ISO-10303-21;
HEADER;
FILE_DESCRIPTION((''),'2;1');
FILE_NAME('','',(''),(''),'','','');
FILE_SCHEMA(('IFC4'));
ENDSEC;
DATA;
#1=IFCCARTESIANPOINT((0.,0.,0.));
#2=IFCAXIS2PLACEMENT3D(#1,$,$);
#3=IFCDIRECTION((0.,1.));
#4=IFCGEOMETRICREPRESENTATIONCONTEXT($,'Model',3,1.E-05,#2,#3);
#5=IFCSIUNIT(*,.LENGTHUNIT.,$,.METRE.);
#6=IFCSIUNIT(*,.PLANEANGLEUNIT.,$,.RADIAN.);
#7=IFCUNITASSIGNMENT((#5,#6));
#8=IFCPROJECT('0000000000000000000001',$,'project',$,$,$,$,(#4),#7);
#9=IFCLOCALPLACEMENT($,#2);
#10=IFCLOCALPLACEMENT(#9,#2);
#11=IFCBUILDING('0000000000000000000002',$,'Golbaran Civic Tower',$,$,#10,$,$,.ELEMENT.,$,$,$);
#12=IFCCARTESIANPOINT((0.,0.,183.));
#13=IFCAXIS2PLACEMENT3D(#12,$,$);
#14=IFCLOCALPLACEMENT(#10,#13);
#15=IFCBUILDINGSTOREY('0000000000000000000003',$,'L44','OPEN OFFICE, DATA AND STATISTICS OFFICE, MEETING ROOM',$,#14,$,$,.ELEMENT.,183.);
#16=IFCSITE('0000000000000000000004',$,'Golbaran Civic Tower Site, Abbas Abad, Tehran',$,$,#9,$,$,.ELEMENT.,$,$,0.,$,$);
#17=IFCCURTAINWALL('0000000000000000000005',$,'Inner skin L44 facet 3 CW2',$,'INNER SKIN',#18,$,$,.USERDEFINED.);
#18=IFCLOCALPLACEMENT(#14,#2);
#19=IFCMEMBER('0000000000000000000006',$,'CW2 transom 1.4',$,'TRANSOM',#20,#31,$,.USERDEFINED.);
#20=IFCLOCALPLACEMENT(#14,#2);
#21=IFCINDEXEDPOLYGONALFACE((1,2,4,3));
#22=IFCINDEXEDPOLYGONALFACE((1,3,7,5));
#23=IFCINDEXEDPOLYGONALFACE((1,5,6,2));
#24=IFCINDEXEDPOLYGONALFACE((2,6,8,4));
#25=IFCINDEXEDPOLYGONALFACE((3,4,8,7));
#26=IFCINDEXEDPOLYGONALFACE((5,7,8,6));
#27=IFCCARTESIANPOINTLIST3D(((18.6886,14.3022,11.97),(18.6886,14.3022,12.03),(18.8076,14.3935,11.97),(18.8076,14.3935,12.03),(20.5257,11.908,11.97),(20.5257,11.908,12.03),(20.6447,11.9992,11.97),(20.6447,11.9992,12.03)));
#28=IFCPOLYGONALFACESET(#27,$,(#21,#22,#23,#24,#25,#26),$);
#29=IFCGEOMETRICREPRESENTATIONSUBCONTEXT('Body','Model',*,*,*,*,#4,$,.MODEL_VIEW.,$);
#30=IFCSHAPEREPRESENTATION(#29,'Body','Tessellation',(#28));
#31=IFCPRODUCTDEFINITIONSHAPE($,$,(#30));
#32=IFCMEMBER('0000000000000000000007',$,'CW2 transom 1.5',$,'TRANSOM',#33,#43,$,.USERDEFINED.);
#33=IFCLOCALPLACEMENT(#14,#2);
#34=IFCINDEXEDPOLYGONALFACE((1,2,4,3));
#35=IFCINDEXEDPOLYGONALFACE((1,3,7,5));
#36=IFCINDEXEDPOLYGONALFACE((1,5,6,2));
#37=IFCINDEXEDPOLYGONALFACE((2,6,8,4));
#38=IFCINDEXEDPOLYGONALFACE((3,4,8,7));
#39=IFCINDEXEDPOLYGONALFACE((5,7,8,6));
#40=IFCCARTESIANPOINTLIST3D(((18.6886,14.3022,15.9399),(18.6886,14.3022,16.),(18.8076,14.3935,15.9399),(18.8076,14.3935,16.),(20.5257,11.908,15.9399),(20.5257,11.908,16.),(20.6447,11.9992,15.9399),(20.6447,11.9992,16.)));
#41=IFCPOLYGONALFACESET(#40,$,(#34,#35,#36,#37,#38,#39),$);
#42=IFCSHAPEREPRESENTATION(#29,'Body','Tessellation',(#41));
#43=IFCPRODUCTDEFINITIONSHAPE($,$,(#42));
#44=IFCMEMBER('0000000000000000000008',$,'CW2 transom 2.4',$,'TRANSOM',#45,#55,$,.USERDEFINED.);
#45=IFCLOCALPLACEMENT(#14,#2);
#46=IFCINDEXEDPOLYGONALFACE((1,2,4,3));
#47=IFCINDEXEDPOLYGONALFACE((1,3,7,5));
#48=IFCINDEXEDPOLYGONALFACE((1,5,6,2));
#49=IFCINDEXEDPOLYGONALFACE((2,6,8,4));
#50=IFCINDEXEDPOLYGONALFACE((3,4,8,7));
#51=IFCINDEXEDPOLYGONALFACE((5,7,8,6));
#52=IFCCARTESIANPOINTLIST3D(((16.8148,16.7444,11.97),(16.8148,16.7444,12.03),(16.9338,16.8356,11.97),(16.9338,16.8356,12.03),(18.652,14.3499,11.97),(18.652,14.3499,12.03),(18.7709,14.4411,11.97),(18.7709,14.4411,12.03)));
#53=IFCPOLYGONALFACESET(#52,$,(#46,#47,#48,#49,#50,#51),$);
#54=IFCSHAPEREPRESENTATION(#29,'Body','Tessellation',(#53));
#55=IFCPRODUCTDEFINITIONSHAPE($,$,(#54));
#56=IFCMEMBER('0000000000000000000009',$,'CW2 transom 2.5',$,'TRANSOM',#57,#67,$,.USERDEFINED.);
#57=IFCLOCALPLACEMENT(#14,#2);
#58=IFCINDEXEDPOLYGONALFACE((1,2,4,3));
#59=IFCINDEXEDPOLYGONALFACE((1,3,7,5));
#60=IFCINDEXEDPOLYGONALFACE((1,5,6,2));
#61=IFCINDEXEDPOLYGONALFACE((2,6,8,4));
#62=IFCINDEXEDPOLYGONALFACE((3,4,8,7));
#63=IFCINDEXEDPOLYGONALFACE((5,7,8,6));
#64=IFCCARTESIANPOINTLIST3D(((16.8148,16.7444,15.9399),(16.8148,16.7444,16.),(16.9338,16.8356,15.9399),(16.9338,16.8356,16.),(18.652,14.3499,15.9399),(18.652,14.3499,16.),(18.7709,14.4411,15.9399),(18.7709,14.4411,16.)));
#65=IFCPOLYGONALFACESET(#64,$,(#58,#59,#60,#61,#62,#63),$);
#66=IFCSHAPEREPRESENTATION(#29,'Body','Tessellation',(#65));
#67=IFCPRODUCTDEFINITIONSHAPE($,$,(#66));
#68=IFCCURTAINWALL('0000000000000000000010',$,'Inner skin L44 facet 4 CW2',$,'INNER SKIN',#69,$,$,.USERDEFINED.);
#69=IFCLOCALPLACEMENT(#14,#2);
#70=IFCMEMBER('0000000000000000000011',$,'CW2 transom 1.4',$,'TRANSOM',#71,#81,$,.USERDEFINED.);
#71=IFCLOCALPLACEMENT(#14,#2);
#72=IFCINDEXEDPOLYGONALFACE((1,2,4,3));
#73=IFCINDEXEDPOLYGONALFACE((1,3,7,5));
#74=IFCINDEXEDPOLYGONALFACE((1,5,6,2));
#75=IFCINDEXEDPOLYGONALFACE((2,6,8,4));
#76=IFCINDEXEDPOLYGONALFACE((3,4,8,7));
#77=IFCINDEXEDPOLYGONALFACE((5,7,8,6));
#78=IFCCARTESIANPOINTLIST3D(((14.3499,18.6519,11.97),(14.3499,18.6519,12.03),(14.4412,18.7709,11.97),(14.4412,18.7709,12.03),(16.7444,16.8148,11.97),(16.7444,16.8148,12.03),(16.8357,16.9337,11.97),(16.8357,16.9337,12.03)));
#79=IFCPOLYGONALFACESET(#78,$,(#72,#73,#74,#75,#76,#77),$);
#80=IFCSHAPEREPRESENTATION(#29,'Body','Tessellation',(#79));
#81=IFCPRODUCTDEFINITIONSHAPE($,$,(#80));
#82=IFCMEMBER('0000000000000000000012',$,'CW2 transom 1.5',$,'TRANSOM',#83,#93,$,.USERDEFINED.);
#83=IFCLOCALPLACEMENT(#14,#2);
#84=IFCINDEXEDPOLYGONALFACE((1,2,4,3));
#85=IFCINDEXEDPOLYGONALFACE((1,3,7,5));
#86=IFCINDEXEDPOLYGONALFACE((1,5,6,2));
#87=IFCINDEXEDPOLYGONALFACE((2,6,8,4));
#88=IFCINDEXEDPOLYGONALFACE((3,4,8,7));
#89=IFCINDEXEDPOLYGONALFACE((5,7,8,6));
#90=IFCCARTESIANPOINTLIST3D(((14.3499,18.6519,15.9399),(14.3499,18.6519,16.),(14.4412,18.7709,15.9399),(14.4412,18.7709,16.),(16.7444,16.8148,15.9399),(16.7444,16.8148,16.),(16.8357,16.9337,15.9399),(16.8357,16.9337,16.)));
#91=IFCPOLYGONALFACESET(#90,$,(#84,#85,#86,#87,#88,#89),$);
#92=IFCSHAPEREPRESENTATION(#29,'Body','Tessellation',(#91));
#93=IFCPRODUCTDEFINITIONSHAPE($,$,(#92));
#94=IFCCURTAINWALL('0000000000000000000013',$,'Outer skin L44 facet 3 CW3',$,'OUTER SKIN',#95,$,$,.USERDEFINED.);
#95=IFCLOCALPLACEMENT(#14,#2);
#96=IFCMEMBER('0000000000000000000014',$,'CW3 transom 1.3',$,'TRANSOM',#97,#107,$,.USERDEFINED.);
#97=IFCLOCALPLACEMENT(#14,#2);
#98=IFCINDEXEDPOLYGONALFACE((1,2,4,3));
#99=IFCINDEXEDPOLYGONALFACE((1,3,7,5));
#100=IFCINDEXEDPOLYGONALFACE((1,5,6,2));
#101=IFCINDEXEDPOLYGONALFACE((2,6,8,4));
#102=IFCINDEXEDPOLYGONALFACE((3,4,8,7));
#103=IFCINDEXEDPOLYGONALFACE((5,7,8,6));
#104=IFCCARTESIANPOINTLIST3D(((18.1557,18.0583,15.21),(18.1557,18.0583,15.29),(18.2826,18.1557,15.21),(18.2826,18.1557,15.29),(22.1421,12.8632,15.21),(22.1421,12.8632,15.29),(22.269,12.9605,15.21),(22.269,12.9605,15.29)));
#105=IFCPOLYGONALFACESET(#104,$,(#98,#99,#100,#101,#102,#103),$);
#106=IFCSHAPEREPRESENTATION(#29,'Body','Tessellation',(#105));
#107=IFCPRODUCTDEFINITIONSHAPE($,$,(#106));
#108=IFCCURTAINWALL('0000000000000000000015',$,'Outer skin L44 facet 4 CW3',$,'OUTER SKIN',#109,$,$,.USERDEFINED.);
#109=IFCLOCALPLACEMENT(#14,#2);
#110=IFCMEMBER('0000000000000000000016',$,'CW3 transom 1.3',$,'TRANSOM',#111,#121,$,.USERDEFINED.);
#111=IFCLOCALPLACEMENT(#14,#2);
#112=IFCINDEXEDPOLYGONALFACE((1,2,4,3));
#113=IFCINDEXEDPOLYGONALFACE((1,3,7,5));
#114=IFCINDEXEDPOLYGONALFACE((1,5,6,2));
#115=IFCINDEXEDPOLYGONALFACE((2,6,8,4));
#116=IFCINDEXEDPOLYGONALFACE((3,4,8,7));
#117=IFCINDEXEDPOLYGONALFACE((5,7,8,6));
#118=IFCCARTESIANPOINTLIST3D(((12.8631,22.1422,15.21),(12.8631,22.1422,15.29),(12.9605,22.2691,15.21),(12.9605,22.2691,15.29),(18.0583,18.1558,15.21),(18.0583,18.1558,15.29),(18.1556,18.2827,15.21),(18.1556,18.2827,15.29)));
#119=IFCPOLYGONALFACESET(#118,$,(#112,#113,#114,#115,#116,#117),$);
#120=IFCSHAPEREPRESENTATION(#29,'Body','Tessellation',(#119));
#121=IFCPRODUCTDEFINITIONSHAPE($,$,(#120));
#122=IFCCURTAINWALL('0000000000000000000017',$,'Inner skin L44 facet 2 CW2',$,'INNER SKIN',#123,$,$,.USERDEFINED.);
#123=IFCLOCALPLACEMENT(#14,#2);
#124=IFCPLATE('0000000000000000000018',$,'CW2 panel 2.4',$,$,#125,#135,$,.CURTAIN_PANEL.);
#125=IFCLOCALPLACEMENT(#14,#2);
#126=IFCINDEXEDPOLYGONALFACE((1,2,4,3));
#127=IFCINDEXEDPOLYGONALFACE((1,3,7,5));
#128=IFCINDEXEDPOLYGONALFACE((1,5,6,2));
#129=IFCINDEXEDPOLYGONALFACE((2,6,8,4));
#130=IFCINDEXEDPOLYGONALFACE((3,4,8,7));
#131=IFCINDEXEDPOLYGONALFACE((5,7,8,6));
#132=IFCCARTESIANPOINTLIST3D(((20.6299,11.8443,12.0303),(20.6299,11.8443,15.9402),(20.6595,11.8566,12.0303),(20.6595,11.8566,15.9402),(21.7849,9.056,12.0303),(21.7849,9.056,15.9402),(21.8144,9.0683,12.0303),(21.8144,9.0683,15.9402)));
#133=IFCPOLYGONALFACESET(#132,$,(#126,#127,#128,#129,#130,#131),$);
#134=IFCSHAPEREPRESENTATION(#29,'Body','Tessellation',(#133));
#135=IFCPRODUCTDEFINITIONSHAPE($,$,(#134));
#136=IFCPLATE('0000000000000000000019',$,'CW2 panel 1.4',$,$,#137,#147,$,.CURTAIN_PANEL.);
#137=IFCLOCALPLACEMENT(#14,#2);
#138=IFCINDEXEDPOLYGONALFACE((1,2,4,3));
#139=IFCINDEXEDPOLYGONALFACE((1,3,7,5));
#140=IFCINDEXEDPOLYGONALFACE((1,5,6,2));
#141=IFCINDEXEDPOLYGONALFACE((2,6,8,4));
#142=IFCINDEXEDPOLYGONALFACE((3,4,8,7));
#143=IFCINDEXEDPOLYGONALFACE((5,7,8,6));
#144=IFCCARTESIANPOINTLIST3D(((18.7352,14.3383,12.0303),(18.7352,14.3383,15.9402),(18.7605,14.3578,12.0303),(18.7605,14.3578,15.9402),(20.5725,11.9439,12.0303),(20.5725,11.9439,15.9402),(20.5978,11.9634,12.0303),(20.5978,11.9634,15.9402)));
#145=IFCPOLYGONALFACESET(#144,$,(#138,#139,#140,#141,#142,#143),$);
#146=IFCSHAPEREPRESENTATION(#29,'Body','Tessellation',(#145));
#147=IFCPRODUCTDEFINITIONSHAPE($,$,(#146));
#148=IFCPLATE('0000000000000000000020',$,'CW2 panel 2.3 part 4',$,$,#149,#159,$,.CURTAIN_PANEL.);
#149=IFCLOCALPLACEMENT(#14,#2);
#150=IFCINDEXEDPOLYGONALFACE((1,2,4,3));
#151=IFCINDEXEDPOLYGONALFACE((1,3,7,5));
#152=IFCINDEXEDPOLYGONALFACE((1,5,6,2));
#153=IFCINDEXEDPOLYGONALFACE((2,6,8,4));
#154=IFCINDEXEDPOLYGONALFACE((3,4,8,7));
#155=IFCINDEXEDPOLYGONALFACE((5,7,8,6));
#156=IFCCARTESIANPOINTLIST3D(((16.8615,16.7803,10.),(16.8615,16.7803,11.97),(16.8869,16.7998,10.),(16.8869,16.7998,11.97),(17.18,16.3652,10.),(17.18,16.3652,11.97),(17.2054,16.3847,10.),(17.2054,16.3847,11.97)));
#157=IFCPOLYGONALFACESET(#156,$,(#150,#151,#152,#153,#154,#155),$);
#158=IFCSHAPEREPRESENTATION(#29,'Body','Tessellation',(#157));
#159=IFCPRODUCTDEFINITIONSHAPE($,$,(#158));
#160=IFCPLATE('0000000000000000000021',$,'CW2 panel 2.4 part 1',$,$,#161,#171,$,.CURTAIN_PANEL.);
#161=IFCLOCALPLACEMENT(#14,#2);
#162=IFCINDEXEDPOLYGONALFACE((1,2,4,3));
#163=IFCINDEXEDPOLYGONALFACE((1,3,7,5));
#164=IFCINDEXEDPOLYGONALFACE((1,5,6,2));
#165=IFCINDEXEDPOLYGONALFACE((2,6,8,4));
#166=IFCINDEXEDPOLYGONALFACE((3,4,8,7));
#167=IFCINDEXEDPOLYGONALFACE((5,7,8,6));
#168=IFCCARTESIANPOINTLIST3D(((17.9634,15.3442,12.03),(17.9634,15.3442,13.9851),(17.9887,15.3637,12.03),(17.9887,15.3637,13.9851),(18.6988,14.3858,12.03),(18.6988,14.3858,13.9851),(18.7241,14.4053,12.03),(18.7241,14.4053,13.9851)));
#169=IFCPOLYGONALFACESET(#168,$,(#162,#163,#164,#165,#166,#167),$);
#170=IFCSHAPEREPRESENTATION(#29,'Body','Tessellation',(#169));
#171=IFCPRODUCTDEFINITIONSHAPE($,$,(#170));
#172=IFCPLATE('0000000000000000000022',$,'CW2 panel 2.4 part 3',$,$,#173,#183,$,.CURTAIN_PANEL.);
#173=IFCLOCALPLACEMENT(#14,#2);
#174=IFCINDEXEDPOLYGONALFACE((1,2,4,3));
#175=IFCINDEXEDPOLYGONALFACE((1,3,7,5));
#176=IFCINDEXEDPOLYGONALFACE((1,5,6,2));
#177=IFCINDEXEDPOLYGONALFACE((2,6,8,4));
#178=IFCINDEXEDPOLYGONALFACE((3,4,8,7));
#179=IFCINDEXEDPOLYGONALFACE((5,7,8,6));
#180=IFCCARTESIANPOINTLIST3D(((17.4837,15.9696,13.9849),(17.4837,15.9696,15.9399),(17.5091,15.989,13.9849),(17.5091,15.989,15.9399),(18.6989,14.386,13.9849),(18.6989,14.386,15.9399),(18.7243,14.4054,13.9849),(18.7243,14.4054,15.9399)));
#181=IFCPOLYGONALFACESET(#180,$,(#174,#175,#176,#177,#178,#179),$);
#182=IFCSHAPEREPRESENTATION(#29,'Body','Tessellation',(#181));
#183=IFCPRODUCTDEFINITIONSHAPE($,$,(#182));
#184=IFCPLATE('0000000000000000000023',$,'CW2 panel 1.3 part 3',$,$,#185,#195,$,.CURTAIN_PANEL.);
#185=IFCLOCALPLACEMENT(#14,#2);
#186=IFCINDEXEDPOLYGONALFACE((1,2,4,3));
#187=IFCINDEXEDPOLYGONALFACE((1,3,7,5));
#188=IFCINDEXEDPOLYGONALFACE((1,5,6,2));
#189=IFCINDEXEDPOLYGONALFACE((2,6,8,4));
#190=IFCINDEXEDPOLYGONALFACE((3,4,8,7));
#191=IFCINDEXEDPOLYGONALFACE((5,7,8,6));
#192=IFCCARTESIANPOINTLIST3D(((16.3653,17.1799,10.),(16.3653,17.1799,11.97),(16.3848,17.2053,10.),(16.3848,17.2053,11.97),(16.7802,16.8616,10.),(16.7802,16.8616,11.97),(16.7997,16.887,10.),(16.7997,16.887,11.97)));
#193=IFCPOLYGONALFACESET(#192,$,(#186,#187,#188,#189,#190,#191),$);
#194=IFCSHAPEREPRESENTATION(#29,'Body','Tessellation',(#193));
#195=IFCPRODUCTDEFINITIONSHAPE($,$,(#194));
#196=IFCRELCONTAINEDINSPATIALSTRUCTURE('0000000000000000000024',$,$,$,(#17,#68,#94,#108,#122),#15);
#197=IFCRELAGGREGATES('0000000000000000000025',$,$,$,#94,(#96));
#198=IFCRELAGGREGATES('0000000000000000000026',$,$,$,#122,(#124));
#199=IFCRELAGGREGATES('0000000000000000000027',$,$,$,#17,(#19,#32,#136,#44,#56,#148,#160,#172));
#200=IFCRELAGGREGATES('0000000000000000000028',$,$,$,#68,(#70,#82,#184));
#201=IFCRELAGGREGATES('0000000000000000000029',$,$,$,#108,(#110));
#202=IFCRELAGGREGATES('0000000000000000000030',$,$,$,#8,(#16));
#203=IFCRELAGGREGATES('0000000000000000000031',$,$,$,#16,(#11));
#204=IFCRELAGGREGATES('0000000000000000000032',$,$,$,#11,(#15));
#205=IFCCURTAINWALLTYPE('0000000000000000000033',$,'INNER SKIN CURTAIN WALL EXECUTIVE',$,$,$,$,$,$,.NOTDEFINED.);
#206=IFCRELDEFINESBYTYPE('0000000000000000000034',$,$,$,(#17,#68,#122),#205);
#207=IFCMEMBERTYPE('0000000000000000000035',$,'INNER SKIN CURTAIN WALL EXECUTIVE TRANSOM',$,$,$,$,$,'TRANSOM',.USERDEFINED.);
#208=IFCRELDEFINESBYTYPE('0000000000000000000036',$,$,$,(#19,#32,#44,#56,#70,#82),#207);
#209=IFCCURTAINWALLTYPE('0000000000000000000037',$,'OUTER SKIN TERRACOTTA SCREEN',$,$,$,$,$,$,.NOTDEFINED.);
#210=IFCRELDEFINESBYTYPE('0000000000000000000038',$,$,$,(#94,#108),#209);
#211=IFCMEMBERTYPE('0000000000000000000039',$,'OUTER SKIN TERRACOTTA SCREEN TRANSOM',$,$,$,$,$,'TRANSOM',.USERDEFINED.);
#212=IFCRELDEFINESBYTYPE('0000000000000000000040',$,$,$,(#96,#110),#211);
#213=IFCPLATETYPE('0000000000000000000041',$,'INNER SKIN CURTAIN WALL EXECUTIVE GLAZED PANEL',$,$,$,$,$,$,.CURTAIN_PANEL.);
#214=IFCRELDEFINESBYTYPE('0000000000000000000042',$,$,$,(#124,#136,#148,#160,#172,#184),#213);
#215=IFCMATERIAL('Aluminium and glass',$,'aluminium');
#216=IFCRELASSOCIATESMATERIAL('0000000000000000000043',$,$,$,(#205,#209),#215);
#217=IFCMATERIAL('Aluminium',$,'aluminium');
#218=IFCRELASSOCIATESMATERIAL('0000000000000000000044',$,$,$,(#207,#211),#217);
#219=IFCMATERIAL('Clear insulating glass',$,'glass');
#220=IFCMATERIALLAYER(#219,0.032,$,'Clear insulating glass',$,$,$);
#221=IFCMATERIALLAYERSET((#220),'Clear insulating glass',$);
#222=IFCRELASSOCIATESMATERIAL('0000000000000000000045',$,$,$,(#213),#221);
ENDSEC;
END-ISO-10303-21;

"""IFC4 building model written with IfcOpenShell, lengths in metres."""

from ifc_helpers import new_model, si_unit, direction, frame, origin, origin_2d, place, context, subcontext, project, spatial, rectangle, extrude, material, layer, layer_set, material_profile, profile_set, type_object, element, aggregate, save


model = new_model("IFC4")

# Units and contexts
model_context = context("Model", 3, precision=1e-05, world=origin(), true_north=direction((0.0, 1.0)))
body_context = subcontext(model_context, "Body", "Model", "MODEL_VIEW")
ifc_project = project(units=[si_unit("LENGTHUNIT", "METRE"), si_unit("PLANEANGLEUNIT", "RADIAN")], contexts=[model_context])

# Site, building, storey
site_placement = place(None, origin())
site = spatial("IfcSite", under=ifc_project, at=site_placement, Name="Golbaran Civic Tower Site, Abbas Abad, Tehran", CompositionType="ELEMENT", RefElevation=0.0)
building_placement = place(site_placement, origin())
building = spatial("IfcBuilding", under=site, at=building_placement, Name="Golbaran Civic Tower", CompositionType="ELEMENT")
storey_placement = place(building_placement, frame((0.0, 0.0, 183.0)))
storey = spatial("IfcBuildingStorey", under=building, at=storey_placement, Name="L44", Description="OPEN OFFICE, DATA AND STATISTICS OFFICE, MEETING ROOM", CompositionType="ELEMENT", Elevation=183.0)

# Curtain walls, members
ifc_material_1 = material(Name="Aluminium and glass", Category="aluminium")
curtain_wall_type_1 = type_object("IfcCurtainWallType", Name="INNER SKIN CURTAIN WALL EXECUTIVE", PredefinedType="NOTDEFINED", material=ifc_material_1)
curtain_wall_1_placement = place(storey_placement, origin())
curtain_wall_1 = element("IfcCurtainWall", 1, at=curtain_wall_1_placement, inside=storey, type_object=curtain_wall_type_1, Name="Inner skin L44 facet 3 CW2", ObjectType="INNER SKIN", PredefinedType="USERDEFINED")
ifc_material_2 = material(Name="Aluminium", Category="aluminium")
ifc_material_profile_1 = material_profile(ifc_material_2, rectangle(XDim=0.1499, YDim=0.0601, at=origin_2d()), Name="INNER SKIN CURTAIN WALL EXECUTIVE TRANSOM")
ifc_profile_set_1 = profile_set([ifc_material_profile_1], Name="Aluminium")
member_type_1 = type_object("IfcMemberType", Name="INNER SKIN CURTAIN WALL EXECUTIVE TRANSOM", ElementType="TRANSOM", PredefinedType="USERDEFINED", material=ifc_profile_set_1)
member_1_placement = place(storey_placement, frame((20.5852, 11.9536, 12.0), z_axis=(-0.608752, 0.79336, 0.0), x_axis=(-0.79336, -0.608752, 0.0)))
member_1 = element("IfcMember", 2, at=member_1_placement, type_object=member_type_1, Name="CW2 transom 1.4", ObjectType="TRANSOM", PredefinedType="USERDEFINED", context=body_context, shape_type="SweptSolid", body=[
    extrude(rectangle(XDim=0.1499, YDim=0.0601, at=origin_2d()), origin(), (0.0, 0.0, 1.0), 3.0178),
])
member_2_placement = place(storey_placement, frame((20.5852, 11.9536, 15.97), z_axis=(-0.608752, 0.79336, 0.0), x_axis=(-0.79336, -0.608752, 0.0)))
member_2 = element("IfcMember", 3, at=member_2_placement, type_object=member_type_1, Name="CW2 transom 1.5", ObjectType="TRANSOM", PredefinedType="USERDEFINED", context=body_context, shape_type="SweptSolid", body=[
    extrude(rectangle(XDim=0.1499, YDim=0.0601, at=origin_2d()), origin(), (0.0, 0.0, 1.0), 3.0178),
])
member_3_placement = place(storey_placement, frame((18.7114, 14.3955, 12.0), z_axis=(-0.608713, 0.79339, 0.0), x_axis=(-0.79339, -0.608713, 0.0)))
member_3 = element("IfcMember", 4, at=member_3_placement, type_object=member_type_1, Name="CW2 transom 2.4", ObjectType="TRANSOM", PredefinedType="USERDEFINED", context=body_context, shape_type="SweptSolid", body=[
    extrude(rectangle(XDim=0.1499, YDim=0.0601, at=origin_2d()), origin(), (0.0, 0.0, 1.0), 3.0181),
])
member_4_placement = place(storey_placement, frame((18.7114, 14.3955, 15.97), z_axis=(-0.608713, 0.79339, 0.0), x_axis=(-0.79339, -0.608713, 0.0)))
member_4 = element("IfcMember", 5, at=member_4_placement, type_object=member_type_1, Name="CW2 transom 2.5", ObjectType="TRANSOM", PredefinedType="USERDEFINED", context=body_context, shape_type="SweptSolid", body=[
    extrude(rectangle(XDim=0.1499, YDim=0.0601, at=origin_2d()), origin(), (0.0, 0.0, 1.0), 3.0181),
])
curtain_wall_2_placement = place(storey_placement, origin())
curtain_wall_2 = element("IfcCurtainWall", 6, at=curtain_wall_2_placement, inside=storey, type_object=curtain_wall_type_1, Name="Inner skin L44 facet 4 CW2", ObjectType="INNER SKIN", PredefinedType="USERDEFINED")
member_5_placement = place(storey_placement, frame((16.79, 16.8743, 12.0), z_axis=(-0.79339, 0.608713, 0.0), x_axis=(-0.608713, -0.79339, 0.0)))
member_5 = element("IfcMember", 7, at=member_5_placement, type_object=member_type_1, Name="CW2 transom 1.4", ObjectType="TRANSOM", PredefinedType="USERDEFINED", context=body_context, shape_type="SweptSolid", body=[
    extrude(rectangle(XDim=0.1499, YDim=0.0601, at=origin_2d()), origin(), (0.0, 0.0, 1.0), 3.0181),
])
member_6_placement = place(storey_placement, frame((16.79, 16.8743, 15.97), z_axis=(-0.79339, 0.608713, 0.0), x_axis=(-0.608713, -0.79339, 0.0)))
member_6 = element("IfcMember", 8, at=member_6_placement, type_object=member_type_1, Name="CW2 transom 1.5", ObjectType="TRANSOM", PredefinedType="USERDEFINED", context=body_context, shape_type="SweptSolid", body=[
    extrude(rectangle(XDim=0.1499, YDim=0.0601, at=origin_2d()), origin(), (0.0, 0.0, 1.0), 3.0181),
])

# Curtain walls, members
curtain_wall_type_2 = type_object("IfcCurtainWallType", Name="OUTER SKIN TERRACOTTA SCREEN", PredefinedType="NOTDEFINED", material=ifc_material_1)
curtain_wall_3_placement = place(storey_placement, origin())
curtain_wall_3 = element("IfcCurtainWall", 9, at=curtain_wall_3_placement, inside=storey, type_object=curtain_wall_type_2, Name="Outer skin L44 facet 3 CW3", ObjectType="OUTER SKIN", PredefinedType="USERDEFINED")
ifc_material_profile_2 = material_profile(ifc_material_2, rectangle(XDim=0.1599, YDim=0.0801, at=origin_2d()), Name="OUTER SKIN TERRACOTTA SCREEN TRANSOM")
ifc_profile_set_2 = profile_set([ifc_material_profile_2], Name="Aluminium")
member_type_2 = type_object("IfcMemberType", Name="OUTER SKIN TERRACOTTA SCREEN TRANSOM", ElementType="TRANSOM", PredefinedType="USERDEFINED", material=ifc_profile_set_2)
member_7_placement = place(storey_placement, frame((22.2056, 12.9119, 15.25), z_axis=(-0.608763, 0.793352, 0.0), x_axis=(-0.793352, -0.608763, 0.0)))
member_7 = element("IfcMember", 10, at=member_7_placement, type_object=member_type_2, Name="CW3 transom 1.3", ObjectType="TRANSOM", PredefinedType="USERDEFINED", context=body_context, shape_type="SweptSolid", body=[
    extrude(rectangle(XDim=0.1599, YDim=0.0801, at=origin_2d()), origin(), (0.0, 0.0, 1.0), 6.5483),
])
aggregate(curtain_wall_3, [member_7])
curtain_wall_4_placement = place(storey_placement, origin())
curtain_wall_4 = element("IfcCurtainWall", 11, at=curtain_wall_4_placement, inside=storey, type_object=curtain_wall_type_2, Name="Outer skin L44 facet 4 CW3", ObjectType="OUTER SKIN", PredefinedType="USERDEFINED")
member_8_placement = place(storey_placement, frame((18.1069, 18.2192, 15.25), z_axis=(-0.793352, 0.608763, 0.0), x_axis=(-0.608763, -0.793352, 0.0)))
member_8 = element("IfcMember", 12, at=member_8_placement, type_object=member_type_2, Name="CW3 transom 1.3", ObjectType="TRANSOM", PredefinedType="USERDEFINED", context=body_context, shape_type="SweptSolid", body=[
    extrude(rectangle(XDim=0.1599, YDim=0.0801, at=origin_2d()), origin(), (0.0, 0.0, 1.0), 6.5483),
])

# Curtain wall, plate
curtain_wall_5_placement = place(storey_placement, origin())
curtain_wall_5 = element("IfcCurtainWall", 13, at=curtain_wall_5_placement, inside=storey, type_object=curtain_wall_type_1, Name="Inner skin L44 facet 2 CW2", ObjectType="INNER SKIN", PredefinedType="USERDEFINED")
ifc_material_3 = material(Name="Clear insulating glass", Category="glass")
ifc_layer_1 = layer(ifc_material_3, 0.032, Name="Clear insulating glass")
ifc_layer_set_1 = layer_set([ifc_layer_1], Name="Clear insulating glass")
plate_type_1 = type_object("IfcPlateType", Name="INNER SKIN CURTAIN WALL EXECUTIVE GLAZED PANEL", PredefinedType="CURTAIN_PANEL", material=ifc_layer_set_1)
plate_1_placement = place(storey_placement, frame((21.2222, 10.4563, 12.0303), z_axis=(0.0, 0.0, 1.0), x_axis=(-0.382683, 0.92388, 0.0)))
plate_1 = element("IfcPlate", 14, at=plate_1_placement, type_object=plate_type_1, Name="CW2 panel 2.4", PredefinedType="CURTAIN_PANEL", context=body_context, shape_type="SweptSolid", body=[
    extrude(rectangle(XDim=3.0181, YDim=0.032, at=origin_2d()), origin(), (0.0, 0.0, 1.0), 3.9099),
])
aggregate(curtain_wall_5, [plate_1])

# Plates
plate_2_placement = place(storey_placement, frame((19.6665, 13.1509, 12.0303), z_axis=(0.0, 0.0, 1.0), x_axis=(-0.608761, 0.793353, 0.0)))
plate_2 = element("IfcPlate", 15, at=plate_2_placement, type_object=plate_type_1, Name="CW2 panel 1.4", PredefinedType="CURTAIN_PANEL", context=body_context, shape_type="SweptSolid", body=[
    extrude(rectangle(XDim=3.0181, YDim=0.032, at=origin_2d()), origin(), (0.0, 0.0, 1.0), 3.9099),
])
plate_3_placement = place(storey_placement, frame((17.0334, 16.5825, 10.0), z_axis=(0.0, 0.0, 1.0), x_axis=(-0.608761, 0.793353, 0.0)))
plate_3 = element("IfcPlate", 16, at=plate_3_placement, type_object=plate_type_1, Name="CW2 panel 2.3 part 4", PredefinedType="CURTAIN_PANEL", context=body_context, shape_type="SweptSolid", body=[
    extrude(rectangle(XDim=0.5232, YDim=0.032, at=origin_2d()), origin(), (0.0, 0.0, 1.0), 1.97),
])
plate_4_placement = place(storey_placement, frame((18.3438, 14.8748, 12.03), z_axis=(0.0, 0.0, 1.0), x_axis=(-0.608761, 0.793353, 0.0)))
plate_4 = element("IfcPlate", 17, at=plate_4_placement, type_object=plate_type_1, Name="CW2 panel 2.4 part 1", PredefinedType="CURTAIN_PANEL", context=body_context, shape_type="SweptSolid", body=[
    extrude(rectangle(XDim=1.208, YDim=0.032, at=origin_2d()), origin(), (0.0, 0.0, 1.0), 1.9551),
])
plate_5_placement = place(storey_placement, frame((18.104, 15.1875, 13.9849), z_axis=(0.0, 0.0, 1.0), x_axis=(-0.608761, 0.793353, 0.0)))
plate_5 = element("IfcPlate", 18, at=plate_5_placement, type_object=plate_type_1, Name="CW2 panel 2.4 part 3", PredefinedType="CURTAIN_PANEL", context=body_context, shape_type="SweptSolid", body=[
    extrude(rectangle(XDim=1.9961, YDim=0.032, at=origin_2d()), origin(), (0.0, 0.0, 1.0), 1.9551),
])
plate_6_placement = place(storey_placement, frame((16.5825, 17.0334, 10.0), z_axis=(0.0, 0.0, 1.0), x_axis=(-0.793353, 0.608761, 0.0)))
plate_6 = element("IfcPlate", 19, at=plate_6_placement, type_object=plate_type_1, Name="CW2 panel 1.3 part 3", PredefinedType="CURTAIN_PANEL", context=body_context, shape_type="SweptSolid", body=[
    extrude(rectangle(XDim=0.5229, YDim=0.032, at=origin_2d()), origin(), (0.0, 0.0, 1.0), 1.97),
])
aggregate(curtain_wall_1, [member_1, member_2, plate_2, member_3, member_4, plate_3, plate_4, plate_5])
aggregate(curtain_wall_2, [member_5, member_6, plate_6])

aggregate(curtain_wall_4, [member_8])

save(model, "model.ifc")
